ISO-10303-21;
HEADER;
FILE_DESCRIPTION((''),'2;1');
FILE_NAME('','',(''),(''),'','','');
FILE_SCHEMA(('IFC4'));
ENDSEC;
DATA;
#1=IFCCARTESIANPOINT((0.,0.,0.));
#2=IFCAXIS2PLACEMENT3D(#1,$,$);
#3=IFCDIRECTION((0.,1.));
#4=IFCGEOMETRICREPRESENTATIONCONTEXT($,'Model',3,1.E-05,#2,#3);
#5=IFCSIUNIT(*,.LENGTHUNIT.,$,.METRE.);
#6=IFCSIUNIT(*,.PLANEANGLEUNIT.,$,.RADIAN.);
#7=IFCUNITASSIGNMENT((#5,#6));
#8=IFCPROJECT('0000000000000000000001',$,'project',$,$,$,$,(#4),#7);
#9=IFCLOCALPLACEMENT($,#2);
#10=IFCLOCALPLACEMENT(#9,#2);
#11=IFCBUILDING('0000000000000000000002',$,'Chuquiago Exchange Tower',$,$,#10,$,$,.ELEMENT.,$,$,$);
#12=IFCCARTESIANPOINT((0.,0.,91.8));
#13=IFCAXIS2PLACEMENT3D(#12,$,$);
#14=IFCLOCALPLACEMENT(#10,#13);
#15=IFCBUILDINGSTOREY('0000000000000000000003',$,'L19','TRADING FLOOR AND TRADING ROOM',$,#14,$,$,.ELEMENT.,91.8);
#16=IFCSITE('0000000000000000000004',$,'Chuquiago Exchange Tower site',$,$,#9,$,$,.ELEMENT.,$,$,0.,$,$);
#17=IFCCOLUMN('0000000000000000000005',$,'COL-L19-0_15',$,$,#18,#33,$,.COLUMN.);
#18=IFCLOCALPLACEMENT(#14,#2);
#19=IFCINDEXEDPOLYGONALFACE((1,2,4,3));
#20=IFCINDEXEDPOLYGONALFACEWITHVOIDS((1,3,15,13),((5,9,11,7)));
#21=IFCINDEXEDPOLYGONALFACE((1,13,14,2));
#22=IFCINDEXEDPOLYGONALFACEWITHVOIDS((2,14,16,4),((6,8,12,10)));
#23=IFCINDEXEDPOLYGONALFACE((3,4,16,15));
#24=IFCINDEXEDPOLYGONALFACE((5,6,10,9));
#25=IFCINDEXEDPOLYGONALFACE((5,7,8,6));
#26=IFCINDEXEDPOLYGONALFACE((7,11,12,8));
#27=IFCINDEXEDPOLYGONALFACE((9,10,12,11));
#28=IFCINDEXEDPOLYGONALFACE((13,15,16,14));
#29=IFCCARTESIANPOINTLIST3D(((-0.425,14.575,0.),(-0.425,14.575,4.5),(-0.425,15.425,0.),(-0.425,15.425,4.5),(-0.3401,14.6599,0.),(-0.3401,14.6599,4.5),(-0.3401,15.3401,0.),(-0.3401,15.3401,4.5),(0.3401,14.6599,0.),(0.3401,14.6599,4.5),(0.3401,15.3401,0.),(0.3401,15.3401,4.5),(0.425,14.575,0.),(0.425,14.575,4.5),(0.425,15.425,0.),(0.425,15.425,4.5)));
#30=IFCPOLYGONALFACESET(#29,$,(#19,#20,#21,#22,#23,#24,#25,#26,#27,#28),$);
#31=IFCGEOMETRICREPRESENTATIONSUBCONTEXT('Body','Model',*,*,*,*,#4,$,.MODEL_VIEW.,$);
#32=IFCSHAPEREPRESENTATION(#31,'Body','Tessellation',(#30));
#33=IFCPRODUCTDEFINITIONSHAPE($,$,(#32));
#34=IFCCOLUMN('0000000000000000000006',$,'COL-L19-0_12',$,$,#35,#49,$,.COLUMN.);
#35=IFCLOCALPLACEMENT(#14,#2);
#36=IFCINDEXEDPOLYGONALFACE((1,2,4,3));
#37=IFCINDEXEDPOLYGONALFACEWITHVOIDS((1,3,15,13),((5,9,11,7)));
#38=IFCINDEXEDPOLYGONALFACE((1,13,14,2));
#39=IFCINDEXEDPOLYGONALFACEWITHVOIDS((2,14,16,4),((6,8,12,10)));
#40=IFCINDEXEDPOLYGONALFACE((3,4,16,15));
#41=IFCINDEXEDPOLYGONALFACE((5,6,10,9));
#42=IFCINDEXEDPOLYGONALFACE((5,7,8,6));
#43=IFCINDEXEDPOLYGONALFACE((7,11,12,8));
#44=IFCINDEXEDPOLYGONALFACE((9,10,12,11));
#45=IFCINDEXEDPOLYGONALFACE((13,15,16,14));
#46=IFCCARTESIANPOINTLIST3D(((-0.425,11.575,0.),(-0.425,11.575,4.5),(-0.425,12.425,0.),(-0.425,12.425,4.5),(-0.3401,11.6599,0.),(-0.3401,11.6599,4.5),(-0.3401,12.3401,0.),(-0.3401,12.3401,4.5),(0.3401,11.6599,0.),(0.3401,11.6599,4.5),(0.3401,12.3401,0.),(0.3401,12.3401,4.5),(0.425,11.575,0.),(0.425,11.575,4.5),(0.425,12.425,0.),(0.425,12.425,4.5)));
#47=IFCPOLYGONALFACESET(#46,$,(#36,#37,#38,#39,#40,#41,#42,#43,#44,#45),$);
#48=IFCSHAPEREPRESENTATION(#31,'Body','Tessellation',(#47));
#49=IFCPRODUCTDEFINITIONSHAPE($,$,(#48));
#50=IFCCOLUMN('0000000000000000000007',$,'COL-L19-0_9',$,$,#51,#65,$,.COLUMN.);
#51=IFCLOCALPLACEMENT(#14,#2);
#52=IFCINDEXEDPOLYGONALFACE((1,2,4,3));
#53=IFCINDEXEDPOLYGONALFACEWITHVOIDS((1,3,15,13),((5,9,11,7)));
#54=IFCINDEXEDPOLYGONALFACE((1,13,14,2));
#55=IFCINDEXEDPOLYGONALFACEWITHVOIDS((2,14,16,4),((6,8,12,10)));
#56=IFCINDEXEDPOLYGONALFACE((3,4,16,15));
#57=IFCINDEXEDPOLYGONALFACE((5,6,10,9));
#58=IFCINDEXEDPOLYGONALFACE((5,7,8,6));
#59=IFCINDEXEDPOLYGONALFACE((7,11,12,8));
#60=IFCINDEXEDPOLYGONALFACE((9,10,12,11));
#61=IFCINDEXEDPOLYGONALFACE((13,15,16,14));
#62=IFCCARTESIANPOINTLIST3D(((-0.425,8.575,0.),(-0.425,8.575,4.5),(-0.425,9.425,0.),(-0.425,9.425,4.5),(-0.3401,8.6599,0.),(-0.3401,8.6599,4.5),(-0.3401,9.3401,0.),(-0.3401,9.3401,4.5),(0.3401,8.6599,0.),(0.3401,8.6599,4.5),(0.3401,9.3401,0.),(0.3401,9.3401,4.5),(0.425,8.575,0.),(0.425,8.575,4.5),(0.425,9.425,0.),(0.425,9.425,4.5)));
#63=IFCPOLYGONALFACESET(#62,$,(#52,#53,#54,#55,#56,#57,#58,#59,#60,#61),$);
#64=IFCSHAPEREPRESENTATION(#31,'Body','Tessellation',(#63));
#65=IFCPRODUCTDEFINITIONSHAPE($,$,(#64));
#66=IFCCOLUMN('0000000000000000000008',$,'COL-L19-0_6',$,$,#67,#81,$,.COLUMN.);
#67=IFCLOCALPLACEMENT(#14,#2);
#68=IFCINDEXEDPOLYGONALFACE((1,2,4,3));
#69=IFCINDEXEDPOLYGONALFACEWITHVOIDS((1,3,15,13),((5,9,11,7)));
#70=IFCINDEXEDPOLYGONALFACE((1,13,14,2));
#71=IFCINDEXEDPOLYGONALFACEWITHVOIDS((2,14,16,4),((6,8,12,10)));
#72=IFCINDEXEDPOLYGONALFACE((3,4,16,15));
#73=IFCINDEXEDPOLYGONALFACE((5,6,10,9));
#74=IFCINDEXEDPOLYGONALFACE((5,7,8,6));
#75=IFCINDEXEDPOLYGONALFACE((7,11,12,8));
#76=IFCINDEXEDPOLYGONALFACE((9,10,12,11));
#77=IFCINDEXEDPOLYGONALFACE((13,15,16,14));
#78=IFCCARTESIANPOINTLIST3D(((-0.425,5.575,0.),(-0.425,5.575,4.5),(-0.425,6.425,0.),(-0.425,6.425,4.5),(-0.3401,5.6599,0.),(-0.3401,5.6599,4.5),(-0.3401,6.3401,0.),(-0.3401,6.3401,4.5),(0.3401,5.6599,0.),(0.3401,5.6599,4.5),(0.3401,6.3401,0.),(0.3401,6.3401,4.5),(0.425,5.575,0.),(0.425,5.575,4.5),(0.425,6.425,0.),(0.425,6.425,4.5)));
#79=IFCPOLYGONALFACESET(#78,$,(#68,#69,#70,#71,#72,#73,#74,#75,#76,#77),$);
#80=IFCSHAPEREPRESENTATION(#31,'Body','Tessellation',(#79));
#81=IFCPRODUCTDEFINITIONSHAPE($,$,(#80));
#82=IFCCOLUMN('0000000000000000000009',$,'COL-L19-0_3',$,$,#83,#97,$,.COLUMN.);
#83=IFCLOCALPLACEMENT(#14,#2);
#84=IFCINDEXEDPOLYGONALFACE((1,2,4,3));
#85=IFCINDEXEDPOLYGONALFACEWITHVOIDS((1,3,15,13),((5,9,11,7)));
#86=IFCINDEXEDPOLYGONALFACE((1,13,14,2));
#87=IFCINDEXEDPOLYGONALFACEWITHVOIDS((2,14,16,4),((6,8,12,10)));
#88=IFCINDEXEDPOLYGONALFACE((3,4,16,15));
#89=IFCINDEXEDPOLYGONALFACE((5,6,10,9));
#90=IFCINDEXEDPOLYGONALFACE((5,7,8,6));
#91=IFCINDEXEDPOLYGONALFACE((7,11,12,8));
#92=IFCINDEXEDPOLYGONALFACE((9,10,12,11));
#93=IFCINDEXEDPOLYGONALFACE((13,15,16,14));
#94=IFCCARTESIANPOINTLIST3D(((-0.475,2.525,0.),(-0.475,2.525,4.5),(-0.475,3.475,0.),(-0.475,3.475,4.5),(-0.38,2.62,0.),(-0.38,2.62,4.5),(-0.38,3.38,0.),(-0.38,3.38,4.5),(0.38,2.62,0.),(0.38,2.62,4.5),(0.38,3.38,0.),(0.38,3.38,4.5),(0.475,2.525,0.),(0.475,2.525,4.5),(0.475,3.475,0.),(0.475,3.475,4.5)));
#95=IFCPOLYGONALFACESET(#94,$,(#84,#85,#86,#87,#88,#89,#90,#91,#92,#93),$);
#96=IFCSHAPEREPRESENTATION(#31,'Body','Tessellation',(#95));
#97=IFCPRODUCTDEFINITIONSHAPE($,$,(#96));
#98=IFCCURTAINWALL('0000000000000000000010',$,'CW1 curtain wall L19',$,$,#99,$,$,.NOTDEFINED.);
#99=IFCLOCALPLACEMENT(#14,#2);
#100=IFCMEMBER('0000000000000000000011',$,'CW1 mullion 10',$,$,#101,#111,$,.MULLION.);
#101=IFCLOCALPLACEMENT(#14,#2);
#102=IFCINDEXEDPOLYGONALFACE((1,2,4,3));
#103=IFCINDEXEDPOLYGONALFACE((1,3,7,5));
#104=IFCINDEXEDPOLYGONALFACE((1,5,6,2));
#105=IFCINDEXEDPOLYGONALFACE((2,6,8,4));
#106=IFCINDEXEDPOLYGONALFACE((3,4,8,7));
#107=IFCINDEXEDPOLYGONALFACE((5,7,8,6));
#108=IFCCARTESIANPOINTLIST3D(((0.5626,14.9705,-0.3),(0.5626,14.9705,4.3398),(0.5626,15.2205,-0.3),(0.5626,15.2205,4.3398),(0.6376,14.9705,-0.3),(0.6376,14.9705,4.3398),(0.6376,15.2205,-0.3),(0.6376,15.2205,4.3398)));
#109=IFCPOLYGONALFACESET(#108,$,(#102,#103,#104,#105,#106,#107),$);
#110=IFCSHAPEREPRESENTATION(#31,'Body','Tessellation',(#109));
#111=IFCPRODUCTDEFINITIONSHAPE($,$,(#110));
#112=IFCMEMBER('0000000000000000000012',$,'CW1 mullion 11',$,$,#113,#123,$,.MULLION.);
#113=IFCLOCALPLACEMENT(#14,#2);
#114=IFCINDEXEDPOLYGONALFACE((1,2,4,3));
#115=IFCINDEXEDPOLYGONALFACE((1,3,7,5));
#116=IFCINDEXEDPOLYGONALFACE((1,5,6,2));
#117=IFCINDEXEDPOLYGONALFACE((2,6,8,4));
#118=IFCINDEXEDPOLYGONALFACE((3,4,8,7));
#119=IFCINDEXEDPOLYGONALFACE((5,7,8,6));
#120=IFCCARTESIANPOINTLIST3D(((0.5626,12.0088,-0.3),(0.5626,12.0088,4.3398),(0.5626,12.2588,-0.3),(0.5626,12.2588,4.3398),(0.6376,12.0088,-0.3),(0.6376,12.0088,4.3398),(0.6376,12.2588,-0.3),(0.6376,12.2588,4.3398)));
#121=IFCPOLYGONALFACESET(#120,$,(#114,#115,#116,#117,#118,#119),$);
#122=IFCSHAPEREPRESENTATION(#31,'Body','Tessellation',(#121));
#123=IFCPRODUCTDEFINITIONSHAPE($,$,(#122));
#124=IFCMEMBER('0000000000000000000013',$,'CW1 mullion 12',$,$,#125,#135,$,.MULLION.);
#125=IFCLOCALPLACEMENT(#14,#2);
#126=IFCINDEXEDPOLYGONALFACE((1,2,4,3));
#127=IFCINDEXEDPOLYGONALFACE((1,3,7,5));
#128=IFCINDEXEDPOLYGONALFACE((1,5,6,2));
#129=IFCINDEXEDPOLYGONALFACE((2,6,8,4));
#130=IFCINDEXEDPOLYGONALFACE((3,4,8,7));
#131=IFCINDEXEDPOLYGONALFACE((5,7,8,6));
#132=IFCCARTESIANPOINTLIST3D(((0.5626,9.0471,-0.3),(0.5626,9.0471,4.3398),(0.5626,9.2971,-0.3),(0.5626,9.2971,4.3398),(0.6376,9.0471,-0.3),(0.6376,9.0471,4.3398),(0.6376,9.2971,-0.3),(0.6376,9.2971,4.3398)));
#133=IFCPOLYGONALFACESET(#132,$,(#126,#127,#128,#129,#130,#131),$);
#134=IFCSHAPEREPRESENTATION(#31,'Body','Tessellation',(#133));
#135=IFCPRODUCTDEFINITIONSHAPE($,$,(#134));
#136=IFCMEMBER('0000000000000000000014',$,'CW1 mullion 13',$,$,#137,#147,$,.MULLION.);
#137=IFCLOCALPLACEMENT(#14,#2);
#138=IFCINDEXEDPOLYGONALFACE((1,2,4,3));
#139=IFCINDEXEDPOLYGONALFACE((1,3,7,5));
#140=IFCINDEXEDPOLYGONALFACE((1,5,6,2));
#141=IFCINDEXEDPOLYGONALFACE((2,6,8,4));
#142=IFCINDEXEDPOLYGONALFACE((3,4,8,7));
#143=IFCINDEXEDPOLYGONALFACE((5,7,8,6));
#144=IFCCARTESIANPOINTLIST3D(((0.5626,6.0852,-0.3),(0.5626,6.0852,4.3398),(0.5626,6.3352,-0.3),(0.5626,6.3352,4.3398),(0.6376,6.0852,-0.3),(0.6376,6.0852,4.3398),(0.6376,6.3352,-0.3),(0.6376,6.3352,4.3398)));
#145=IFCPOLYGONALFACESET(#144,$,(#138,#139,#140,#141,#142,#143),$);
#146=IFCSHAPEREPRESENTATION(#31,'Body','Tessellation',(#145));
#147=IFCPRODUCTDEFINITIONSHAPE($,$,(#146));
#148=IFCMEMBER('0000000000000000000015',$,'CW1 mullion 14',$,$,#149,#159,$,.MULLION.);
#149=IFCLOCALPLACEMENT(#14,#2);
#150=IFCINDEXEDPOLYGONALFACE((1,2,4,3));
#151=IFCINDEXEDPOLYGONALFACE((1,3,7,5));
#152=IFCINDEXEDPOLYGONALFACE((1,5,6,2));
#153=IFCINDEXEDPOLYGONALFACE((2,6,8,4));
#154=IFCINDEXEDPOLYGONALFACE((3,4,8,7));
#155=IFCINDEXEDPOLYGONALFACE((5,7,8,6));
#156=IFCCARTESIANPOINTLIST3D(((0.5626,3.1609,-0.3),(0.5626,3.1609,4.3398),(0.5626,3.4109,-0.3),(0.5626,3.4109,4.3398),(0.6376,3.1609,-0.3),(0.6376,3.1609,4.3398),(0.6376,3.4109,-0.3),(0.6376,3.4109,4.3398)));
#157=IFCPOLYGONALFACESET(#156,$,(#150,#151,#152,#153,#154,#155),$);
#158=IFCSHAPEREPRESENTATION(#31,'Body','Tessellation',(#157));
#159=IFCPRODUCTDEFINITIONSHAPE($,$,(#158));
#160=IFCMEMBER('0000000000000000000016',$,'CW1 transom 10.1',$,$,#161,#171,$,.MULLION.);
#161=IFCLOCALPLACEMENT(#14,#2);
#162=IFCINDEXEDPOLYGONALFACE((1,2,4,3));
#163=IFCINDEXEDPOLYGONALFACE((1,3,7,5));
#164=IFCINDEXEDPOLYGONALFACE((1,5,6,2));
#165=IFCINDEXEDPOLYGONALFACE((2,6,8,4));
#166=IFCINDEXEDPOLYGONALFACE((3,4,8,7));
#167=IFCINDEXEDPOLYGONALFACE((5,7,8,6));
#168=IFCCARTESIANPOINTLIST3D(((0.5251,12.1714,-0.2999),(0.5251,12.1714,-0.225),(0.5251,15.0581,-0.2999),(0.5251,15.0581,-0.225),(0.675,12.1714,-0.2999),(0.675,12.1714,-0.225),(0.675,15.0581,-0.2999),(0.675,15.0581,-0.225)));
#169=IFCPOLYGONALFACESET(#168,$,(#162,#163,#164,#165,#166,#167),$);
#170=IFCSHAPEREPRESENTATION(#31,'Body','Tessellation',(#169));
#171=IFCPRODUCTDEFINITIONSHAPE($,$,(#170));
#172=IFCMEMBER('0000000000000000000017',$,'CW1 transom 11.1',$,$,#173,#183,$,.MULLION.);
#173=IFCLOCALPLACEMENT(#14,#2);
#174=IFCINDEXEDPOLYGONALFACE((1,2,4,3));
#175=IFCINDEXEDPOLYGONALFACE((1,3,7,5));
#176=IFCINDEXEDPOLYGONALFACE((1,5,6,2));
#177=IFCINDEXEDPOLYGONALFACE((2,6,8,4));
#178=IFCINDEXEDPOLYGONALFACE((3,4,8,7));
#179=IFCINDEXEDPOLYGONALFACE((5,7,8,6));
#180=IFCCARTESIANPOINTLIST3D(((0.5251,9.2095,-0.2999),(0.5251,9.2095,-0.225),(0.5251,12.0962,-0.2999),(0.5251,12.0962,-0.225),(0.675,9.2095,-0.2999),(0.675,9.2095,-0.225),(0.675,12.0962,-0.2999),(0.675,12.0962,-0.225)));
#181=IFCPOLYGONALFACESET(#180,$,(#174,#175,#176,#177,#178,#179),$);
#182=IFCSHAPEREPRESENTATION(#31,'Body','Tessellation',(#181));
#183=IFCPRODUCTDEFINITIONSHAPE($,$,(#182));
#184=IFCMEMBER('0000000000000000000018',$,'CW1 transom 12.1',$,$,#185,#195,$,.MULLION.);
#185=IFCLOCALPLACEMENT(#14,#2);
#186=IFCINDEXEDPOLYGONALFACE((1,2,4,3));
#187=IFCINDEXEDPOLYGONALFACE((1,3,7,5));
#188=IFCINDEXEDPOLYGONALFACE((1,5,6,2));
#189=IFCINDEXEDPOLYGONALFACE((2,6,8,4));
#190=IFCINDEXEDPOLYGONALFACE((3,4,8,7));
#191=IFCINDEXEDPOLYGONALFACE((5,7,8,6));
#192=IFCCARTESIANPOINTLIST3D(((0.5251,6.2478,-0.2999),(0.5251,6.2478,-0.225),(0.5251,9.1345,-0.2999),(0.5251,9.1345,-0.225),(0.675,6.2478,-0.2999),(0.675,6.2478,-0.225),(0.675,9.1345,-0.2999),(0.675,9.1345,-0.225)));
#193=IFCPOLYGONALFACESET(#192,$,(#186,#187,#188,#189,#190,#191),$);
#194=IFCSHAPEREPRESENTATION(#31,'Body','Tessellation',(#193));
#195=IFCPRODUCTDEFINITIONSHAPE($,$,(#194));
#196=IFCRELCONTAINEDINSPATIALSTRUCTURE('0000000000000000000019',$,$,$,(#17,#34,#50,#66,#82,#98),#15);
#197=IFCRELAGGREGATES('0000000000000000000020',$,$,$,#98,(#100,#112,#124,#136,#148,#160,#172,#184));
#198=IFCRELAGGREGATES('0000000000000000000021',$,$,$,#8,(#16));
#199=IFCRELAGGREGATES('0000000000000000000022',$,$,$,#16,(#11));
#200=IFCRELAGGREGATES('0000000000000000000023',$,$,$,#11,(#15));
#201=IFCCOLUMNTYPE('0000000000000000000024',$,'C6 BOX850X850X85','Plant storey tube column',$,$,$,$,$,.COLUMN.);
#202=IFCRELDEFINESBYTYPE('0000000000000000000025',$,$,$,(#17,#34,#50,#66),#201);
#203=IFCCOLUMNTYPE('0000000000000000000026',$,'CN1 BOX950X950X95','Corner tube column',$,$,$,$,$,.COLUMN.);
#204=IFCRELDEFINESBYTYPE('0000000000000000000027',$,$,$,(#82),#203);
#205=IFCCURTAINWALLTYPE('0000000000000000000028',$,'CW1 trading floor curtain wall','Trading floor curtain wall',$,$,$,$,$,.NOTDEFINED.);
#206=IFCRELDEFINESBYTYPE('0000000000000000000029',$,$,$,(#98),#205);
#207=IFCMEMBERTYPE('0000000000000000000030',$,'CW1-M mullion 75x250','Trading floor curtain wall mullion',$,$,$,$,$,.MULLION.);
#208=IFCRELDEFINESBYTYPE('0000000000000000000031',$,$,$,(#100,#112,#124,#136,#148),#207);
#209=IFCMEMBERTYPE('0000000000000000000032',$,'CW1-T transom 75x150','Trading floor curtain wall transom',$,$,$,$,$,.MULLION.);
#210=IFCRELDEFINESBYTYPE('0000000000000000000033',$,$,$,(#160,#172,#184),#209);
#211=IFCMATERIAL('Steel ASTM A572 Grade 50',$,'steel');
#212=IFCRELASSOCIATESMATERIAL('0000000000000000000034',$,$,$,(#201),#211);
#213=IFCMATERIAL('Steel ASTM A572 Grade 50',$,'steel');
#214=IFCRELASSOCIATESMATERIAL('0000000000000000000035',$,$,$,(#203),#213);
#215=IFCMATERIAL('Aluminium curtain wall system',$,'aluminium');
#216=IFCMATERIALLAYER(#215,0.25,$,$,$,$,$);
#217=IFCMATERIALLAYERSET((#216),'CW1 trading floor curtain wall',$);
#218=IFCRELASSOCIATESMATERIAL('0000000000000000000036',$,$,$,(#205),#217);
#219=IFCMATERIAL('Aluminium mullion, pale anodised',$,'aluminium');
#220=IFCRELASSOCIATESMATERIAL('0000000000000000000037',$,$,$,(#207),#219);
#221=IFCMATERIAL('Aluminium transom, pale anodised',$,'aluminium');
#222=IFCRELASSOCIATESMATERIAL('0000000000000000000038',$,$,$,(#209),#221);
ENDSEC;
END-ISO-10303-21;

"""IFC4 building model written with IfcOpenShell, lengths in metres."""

from ifc_helpers import new_model, si_unit, direction, frame, origin, origin_2d, place, context, subcontext, project, spatial, rectangle, hollow_rectangle, extrude, material, layer, layer_set, material_profile, profile_set, type_object, element, aggregate, save


model = new_model("IFC4")

# Units and contexts
model_context = context("Model", 3, precision=1e-05, world=origin(), true_north=direction((0.0, 1.0)))
body_context = subcontext(model_context, "Body", "Model", "MODEL_VIEW")
ifc_project = project(units=[si_unit("LENGTHUNIT", "METRE"), si_unit("PLANEANGLEUNIT", "RADIAN")], contexts=[model_context])

# Site, building, storey
site_placement = place(None, origin())
site = spatial("IfcSite", under=ifc_project, at=site_placement, Name="Chuquiago Exchange Tower site", CompositionType="ELEMENT", RefElevation=0.0)
building_placement = place(site_placement, origin())
building = spatial("IfcBuilding", under=site, at=building_placement, Name="Chuquiago Exchange Tower", CompositionType="ELEMENT")
storey_placement = place(building_placement, frame((0.0, 0.0, 91.8)))
storey = spatial("IfcBuildingStorey", under=building, at=storey_placement, Name="L19", Description="TRADING FLOOR AND TRADING ROOM", CompositionType="ELEMENT", Elevation=91.8)

# Columns
ifc_material_1 = material(Name="Steel ASTM A572 Grade 50", Category="steel")
ifc_material_profile_1 = material_profile(ifc_material_1, hollow_rectangle(XDim=0.8501, YDim=0.8501, WallThickness=0.085, at=origin_2d()), Name="BOX850X850X85")
ifc_profile_set_1 = profile_set([ifc_material_profile_1], Name="Steel ASTM A572 Grade 50")
column_type_1 = type_object("IfcColumnType", Name="C6 BOX850X850X85", Description="Plant storey tube column", PredefinedType="COLUMN", material=ifc_profile_set_1)
for number, where, z_axis, x_axis, name in (
    (1, (0.0, 15.0, 0.0), (0.0, 0.0, 1.0), (-1.0, 0.0, 0.0), "COL-L19-0_15"),
    (2, (0.0, 12.0, 0.0), (0.0, 0.0, 1.0), (-1.0, 0.0, 0.0), "COL-L19-0_12"),
    (3, (0.0, 9.0, 0.0), (0.0, 0.0, 1.0), (-1.0, 0.0, 0.0), "COL-L19-0_9"),
    (4, (0.0, 6.0, 0.0), (0.0, 0.0, 1.0), (-1.0, 0.0, 0.0), "COL-L19-0_6"),
):
    element("IfcColumn", number, at=place(storey_placement, frame(where, z_axis=z_axis, x_axis=x_axis)), inside=storey, type_object=column_type_1, Name=name, PredefinedType="COLUMN", context=body_context, shape_type="SweptSolid", body=[
        extrude(hollow_rectangle(XDim=0.8501, YDim=0.8501, WallThickness=0.085, at=origin_2d()), origin(), (0.0, 0.0, 1.0), 4.5),
    ])
ifc_material_2 = material(Name="Steel ASTM A572 Grade 50", Category="steel")
ifc_material_profile_2 = material_profile(ifc_material_2, hollow_rectangle(XDim=0.95, YDim=0.95, WallThickness=0.095, at=origin_2d()), Name="BOX950X950X95")
ifc_profile_set_2 = profile_set([ifc_material_profile_2], Name="Steel ASTM A572 Grade 50")
column_type_2 = type_object("IfcColumnType", Name="CN1 BOX950X950X95", Description="Corner tube column", PredefinedType="COLUMN", material=ifc_profile_set_2)
column_placement = place(storey_placement, frame((0.0, 3.0, 0.0), z_axis=(0.0, 0.0, 1.0), x_axis=(-1.0, 0.0, 0.0)))
element("IfcColumn", 5, at=column_placement, inside=storey, type_object=column_type_2, Name="COL-L19-0_3", PredefinedType="COLUMN", context=body_context, shape_type="SweptSolid", body=[
    extrude(hollow_rectangle(XDim=0.95, YDim=0.95, WallThickness=0.095, at=origin_2d()), origin(), (0.0, 0.0, 1.0), 4.5),
])

# Curtain wall, members
ifc_material_3 = material(Name="Aluminium curtain wall system", Category="aluminium")
ifc_layer_1 = layer(ifc_material_3, 0.25)
ifc_layer_set_1 = layer_set([ifc_layer_1], Name="CW1 trading floor curtain wall")
curtain_wall_type_1 = type_object("IfcCurtainWallType", Name="CW1 trading floor curtain wall", Description="Trading floor curtain wall", PredefinedType="NOTDEFINED", material=ifc_layer_set_1)
curtain_wall_1_placement = place(storey_placement, origin())
curtain_wall_1 = element("IfcCurtainWall", 6, at=curtain_wall_1_placement, inside=storey, type_object=curtain_wall_type_1, Name="CW1 curtain wall L19", PredefinedType="NOTDEFINED")
ifc_material_4 = material(Name="Aluminium mullion, pale anodised", Category="aluminium")
ifc_material_profile_3 = material_profile(ifc_material_4, rectangle(XDim=0.075, YDim=0.25, at=origin_2d()), Name="AL 75x250")
ifc_profile_set_3 = profile_set([ifc_material_profile_3], Name="Aluminium mullion, pale anodised")
member_type_1 = type_object("IfcMemberType", Name="CW1-M mullion 75x250", Description="Trading floor curtain wall mullion", PredefinedType="MULLION", material=ifc_profile_set_3)
member_1_placement = place(storey_placement, frame((0.6001, 15.0955, -0.3), z_axis=(0.0, 0.0, 1.0), x_axis=(1.0, 0.0, 0.0)))
member_1 = element("IfcMember", 7, at=member_1_placement, type_object=member_type_1, Name="CW1 mullion 10", PredefinedType="MULLION", context=body_context, shape_type="SweptSolid", body=[
    extrude(rectangle(XDim=0.075, YDim=0.25, at=origin_2d()), origin(), (0.0, 0.0, 1.0), 4.6399),
])
member_2_placement = place(storey_placement, frame((0.6001, 12.1338, -0.3), z_axis=(0.0, 0.0, 1.0), x_axis=(1.0, 0.0, 0.0)))
member_2 = element("IfcMember", 8, at=member_2_placement, type_object=member_type_1, Name="CW1 mullion 11", PredefinedType="MULLION", context=body_context, shape_type="SweptSolid", body=[
    extrude(rectangle(XDim=0.075, YDim=0.25, at=origin_2d()), origin(), (0.0, 0.0, 1.0), 4.6399),
])
member_3_placement = place(storey_placement, frame((0.6001, 9.1721, -0.3), z_axis=(0.0, 0.0, 1.0), x_axis=(1.0, 0.0, 0.0)))
member_3 = element("IfcMember", 9, at=member_3_placement, type_object=member_type_1, Name="CW1 mullion 12", PredefinedType="MULLION", context=body_context, shape_type="SweptSolid", body=[
    extrude(rectangle(XDim=0.075, YDim=0.25, at=origin_2d()), origin(), (0.0, 0.0, 1.0), 4.6399),
])
member_4_placement = place(storey_placement, frame((0.6001, 6.2102, -0.3), z_axis=(0.0, 0.0, 1.0), x_axis=(1.0, 0.0, 0.0)))
member_4 = element("IfcMember", 10, at=member_4_placement, type_object=member_type_1, Name="CW1 mullion 13", PredefinedType="MULLION", context=body_context, shape_type="SweptSolid", body=[
    extrude(rectangle(XDim=0.075, YDim=0.25, at=origin_2d()), origin(), (0.0, 0.0, 1.0), 4.6399),
])
member_5_placement = place(storey_placement, frame((0.6001, 3.2859, -0.3), z_axis=(0.0, 0.0, 1.0), x_axis=(1.0, 0.0, 0.0)))
member_5 = element("IfcMember", 11, at=member_5_placement, type_object=member_type_1, Name="CW1 mullion 14", PredefinedType="MULLION", context=body_context, shape_type="SweptSolid", body=[
    extrude(rectangle(XDim=0.075, YDim=0.25, at=origin_2d()), origin(), (0.0, 0.0, 1.0), 4.6399),
])
ifc_material_5 = material(Name="Aluminium transom, pale anodised", Category="aluminium")
ifc_material_profile_4 = material_profile(ifc_material_5, rectangle(XDim=0.1499, YDim=0.075, at=origin_2d()), Name="AL 150x75")
ifc_profile_set_4 = profile_set([ifc_material_profile_4], Name="Aluminium transom, pale anodised")
member_type_2 = type_object("IfcMemberType", Name="CW1-T transom 75x150", Description="Trading floor curtain wall transom", PredefinedType="MULLION", material=ifc_profile_set_4)
member_6_placement = place(storey_placement, frame((0.6001, 15.0581, -0.2625), z_axis=(0.0, -1.0, 0.0), x_axis=(1.0, 0.0, 0.0)))
member_6 = element("IfcMember", 12, at=member_6_placement, type_object=member_type_2, Name="CW1 transom 10.1", PredefinedType="MULLION", context=body_context, shape_type="SweptSolid", body=[
    extrude(rectangle(XDim=0.1499, YDim=0.075, at=origin_2d()), origin(), (0.0, 0.0, 1.0), 2.8867),
])
member_7_placement = place(storey_placement, frame((0.6001, 12.0962, -0.2625), z_axis=(0.0, -1.0, 0.0), x_axis=(1.0, 0.0, 0.0)))
member_7 = element("IfcMember", 13, at=member_7_placement, type_object=member_type_2, Name="CW1 transom 11.1", PredefinedType="MULLION", context=body_context, shape_type="SweptSolid", body=[
    extrude(rectangle(XDim=0.1499, YDim=0.075, at=origin_2d()), origin(), (0.0, 0.0, 1.0), 2.8867),
])
member_8_placement = place(storey_placement, frame((0.6001, 9.1345, -0.2625), z_axis=(0.0, -1.0, 0.0), x_axis=(1.0, 0.0, 0.0)))
member_8 = element("IfcMember", 14, at=member_8_placement, type_object=member_type_2, Name="CW1 transom 12.1", PredefinedType="MULLION", context=body_context, shape_type="SweptSolid", body=[
    extrude(rectangle(XDim=0.1499, YDim=0.075, at=origin_2d()), origin(), (0.0, 0.0, 1.0), 2.8867),
])

aggregate(curtain_wall_1, [member_1, member_2, member_3, member_4, member_5, member_6, member_7, member_8])

save(model, "model.ifc")
